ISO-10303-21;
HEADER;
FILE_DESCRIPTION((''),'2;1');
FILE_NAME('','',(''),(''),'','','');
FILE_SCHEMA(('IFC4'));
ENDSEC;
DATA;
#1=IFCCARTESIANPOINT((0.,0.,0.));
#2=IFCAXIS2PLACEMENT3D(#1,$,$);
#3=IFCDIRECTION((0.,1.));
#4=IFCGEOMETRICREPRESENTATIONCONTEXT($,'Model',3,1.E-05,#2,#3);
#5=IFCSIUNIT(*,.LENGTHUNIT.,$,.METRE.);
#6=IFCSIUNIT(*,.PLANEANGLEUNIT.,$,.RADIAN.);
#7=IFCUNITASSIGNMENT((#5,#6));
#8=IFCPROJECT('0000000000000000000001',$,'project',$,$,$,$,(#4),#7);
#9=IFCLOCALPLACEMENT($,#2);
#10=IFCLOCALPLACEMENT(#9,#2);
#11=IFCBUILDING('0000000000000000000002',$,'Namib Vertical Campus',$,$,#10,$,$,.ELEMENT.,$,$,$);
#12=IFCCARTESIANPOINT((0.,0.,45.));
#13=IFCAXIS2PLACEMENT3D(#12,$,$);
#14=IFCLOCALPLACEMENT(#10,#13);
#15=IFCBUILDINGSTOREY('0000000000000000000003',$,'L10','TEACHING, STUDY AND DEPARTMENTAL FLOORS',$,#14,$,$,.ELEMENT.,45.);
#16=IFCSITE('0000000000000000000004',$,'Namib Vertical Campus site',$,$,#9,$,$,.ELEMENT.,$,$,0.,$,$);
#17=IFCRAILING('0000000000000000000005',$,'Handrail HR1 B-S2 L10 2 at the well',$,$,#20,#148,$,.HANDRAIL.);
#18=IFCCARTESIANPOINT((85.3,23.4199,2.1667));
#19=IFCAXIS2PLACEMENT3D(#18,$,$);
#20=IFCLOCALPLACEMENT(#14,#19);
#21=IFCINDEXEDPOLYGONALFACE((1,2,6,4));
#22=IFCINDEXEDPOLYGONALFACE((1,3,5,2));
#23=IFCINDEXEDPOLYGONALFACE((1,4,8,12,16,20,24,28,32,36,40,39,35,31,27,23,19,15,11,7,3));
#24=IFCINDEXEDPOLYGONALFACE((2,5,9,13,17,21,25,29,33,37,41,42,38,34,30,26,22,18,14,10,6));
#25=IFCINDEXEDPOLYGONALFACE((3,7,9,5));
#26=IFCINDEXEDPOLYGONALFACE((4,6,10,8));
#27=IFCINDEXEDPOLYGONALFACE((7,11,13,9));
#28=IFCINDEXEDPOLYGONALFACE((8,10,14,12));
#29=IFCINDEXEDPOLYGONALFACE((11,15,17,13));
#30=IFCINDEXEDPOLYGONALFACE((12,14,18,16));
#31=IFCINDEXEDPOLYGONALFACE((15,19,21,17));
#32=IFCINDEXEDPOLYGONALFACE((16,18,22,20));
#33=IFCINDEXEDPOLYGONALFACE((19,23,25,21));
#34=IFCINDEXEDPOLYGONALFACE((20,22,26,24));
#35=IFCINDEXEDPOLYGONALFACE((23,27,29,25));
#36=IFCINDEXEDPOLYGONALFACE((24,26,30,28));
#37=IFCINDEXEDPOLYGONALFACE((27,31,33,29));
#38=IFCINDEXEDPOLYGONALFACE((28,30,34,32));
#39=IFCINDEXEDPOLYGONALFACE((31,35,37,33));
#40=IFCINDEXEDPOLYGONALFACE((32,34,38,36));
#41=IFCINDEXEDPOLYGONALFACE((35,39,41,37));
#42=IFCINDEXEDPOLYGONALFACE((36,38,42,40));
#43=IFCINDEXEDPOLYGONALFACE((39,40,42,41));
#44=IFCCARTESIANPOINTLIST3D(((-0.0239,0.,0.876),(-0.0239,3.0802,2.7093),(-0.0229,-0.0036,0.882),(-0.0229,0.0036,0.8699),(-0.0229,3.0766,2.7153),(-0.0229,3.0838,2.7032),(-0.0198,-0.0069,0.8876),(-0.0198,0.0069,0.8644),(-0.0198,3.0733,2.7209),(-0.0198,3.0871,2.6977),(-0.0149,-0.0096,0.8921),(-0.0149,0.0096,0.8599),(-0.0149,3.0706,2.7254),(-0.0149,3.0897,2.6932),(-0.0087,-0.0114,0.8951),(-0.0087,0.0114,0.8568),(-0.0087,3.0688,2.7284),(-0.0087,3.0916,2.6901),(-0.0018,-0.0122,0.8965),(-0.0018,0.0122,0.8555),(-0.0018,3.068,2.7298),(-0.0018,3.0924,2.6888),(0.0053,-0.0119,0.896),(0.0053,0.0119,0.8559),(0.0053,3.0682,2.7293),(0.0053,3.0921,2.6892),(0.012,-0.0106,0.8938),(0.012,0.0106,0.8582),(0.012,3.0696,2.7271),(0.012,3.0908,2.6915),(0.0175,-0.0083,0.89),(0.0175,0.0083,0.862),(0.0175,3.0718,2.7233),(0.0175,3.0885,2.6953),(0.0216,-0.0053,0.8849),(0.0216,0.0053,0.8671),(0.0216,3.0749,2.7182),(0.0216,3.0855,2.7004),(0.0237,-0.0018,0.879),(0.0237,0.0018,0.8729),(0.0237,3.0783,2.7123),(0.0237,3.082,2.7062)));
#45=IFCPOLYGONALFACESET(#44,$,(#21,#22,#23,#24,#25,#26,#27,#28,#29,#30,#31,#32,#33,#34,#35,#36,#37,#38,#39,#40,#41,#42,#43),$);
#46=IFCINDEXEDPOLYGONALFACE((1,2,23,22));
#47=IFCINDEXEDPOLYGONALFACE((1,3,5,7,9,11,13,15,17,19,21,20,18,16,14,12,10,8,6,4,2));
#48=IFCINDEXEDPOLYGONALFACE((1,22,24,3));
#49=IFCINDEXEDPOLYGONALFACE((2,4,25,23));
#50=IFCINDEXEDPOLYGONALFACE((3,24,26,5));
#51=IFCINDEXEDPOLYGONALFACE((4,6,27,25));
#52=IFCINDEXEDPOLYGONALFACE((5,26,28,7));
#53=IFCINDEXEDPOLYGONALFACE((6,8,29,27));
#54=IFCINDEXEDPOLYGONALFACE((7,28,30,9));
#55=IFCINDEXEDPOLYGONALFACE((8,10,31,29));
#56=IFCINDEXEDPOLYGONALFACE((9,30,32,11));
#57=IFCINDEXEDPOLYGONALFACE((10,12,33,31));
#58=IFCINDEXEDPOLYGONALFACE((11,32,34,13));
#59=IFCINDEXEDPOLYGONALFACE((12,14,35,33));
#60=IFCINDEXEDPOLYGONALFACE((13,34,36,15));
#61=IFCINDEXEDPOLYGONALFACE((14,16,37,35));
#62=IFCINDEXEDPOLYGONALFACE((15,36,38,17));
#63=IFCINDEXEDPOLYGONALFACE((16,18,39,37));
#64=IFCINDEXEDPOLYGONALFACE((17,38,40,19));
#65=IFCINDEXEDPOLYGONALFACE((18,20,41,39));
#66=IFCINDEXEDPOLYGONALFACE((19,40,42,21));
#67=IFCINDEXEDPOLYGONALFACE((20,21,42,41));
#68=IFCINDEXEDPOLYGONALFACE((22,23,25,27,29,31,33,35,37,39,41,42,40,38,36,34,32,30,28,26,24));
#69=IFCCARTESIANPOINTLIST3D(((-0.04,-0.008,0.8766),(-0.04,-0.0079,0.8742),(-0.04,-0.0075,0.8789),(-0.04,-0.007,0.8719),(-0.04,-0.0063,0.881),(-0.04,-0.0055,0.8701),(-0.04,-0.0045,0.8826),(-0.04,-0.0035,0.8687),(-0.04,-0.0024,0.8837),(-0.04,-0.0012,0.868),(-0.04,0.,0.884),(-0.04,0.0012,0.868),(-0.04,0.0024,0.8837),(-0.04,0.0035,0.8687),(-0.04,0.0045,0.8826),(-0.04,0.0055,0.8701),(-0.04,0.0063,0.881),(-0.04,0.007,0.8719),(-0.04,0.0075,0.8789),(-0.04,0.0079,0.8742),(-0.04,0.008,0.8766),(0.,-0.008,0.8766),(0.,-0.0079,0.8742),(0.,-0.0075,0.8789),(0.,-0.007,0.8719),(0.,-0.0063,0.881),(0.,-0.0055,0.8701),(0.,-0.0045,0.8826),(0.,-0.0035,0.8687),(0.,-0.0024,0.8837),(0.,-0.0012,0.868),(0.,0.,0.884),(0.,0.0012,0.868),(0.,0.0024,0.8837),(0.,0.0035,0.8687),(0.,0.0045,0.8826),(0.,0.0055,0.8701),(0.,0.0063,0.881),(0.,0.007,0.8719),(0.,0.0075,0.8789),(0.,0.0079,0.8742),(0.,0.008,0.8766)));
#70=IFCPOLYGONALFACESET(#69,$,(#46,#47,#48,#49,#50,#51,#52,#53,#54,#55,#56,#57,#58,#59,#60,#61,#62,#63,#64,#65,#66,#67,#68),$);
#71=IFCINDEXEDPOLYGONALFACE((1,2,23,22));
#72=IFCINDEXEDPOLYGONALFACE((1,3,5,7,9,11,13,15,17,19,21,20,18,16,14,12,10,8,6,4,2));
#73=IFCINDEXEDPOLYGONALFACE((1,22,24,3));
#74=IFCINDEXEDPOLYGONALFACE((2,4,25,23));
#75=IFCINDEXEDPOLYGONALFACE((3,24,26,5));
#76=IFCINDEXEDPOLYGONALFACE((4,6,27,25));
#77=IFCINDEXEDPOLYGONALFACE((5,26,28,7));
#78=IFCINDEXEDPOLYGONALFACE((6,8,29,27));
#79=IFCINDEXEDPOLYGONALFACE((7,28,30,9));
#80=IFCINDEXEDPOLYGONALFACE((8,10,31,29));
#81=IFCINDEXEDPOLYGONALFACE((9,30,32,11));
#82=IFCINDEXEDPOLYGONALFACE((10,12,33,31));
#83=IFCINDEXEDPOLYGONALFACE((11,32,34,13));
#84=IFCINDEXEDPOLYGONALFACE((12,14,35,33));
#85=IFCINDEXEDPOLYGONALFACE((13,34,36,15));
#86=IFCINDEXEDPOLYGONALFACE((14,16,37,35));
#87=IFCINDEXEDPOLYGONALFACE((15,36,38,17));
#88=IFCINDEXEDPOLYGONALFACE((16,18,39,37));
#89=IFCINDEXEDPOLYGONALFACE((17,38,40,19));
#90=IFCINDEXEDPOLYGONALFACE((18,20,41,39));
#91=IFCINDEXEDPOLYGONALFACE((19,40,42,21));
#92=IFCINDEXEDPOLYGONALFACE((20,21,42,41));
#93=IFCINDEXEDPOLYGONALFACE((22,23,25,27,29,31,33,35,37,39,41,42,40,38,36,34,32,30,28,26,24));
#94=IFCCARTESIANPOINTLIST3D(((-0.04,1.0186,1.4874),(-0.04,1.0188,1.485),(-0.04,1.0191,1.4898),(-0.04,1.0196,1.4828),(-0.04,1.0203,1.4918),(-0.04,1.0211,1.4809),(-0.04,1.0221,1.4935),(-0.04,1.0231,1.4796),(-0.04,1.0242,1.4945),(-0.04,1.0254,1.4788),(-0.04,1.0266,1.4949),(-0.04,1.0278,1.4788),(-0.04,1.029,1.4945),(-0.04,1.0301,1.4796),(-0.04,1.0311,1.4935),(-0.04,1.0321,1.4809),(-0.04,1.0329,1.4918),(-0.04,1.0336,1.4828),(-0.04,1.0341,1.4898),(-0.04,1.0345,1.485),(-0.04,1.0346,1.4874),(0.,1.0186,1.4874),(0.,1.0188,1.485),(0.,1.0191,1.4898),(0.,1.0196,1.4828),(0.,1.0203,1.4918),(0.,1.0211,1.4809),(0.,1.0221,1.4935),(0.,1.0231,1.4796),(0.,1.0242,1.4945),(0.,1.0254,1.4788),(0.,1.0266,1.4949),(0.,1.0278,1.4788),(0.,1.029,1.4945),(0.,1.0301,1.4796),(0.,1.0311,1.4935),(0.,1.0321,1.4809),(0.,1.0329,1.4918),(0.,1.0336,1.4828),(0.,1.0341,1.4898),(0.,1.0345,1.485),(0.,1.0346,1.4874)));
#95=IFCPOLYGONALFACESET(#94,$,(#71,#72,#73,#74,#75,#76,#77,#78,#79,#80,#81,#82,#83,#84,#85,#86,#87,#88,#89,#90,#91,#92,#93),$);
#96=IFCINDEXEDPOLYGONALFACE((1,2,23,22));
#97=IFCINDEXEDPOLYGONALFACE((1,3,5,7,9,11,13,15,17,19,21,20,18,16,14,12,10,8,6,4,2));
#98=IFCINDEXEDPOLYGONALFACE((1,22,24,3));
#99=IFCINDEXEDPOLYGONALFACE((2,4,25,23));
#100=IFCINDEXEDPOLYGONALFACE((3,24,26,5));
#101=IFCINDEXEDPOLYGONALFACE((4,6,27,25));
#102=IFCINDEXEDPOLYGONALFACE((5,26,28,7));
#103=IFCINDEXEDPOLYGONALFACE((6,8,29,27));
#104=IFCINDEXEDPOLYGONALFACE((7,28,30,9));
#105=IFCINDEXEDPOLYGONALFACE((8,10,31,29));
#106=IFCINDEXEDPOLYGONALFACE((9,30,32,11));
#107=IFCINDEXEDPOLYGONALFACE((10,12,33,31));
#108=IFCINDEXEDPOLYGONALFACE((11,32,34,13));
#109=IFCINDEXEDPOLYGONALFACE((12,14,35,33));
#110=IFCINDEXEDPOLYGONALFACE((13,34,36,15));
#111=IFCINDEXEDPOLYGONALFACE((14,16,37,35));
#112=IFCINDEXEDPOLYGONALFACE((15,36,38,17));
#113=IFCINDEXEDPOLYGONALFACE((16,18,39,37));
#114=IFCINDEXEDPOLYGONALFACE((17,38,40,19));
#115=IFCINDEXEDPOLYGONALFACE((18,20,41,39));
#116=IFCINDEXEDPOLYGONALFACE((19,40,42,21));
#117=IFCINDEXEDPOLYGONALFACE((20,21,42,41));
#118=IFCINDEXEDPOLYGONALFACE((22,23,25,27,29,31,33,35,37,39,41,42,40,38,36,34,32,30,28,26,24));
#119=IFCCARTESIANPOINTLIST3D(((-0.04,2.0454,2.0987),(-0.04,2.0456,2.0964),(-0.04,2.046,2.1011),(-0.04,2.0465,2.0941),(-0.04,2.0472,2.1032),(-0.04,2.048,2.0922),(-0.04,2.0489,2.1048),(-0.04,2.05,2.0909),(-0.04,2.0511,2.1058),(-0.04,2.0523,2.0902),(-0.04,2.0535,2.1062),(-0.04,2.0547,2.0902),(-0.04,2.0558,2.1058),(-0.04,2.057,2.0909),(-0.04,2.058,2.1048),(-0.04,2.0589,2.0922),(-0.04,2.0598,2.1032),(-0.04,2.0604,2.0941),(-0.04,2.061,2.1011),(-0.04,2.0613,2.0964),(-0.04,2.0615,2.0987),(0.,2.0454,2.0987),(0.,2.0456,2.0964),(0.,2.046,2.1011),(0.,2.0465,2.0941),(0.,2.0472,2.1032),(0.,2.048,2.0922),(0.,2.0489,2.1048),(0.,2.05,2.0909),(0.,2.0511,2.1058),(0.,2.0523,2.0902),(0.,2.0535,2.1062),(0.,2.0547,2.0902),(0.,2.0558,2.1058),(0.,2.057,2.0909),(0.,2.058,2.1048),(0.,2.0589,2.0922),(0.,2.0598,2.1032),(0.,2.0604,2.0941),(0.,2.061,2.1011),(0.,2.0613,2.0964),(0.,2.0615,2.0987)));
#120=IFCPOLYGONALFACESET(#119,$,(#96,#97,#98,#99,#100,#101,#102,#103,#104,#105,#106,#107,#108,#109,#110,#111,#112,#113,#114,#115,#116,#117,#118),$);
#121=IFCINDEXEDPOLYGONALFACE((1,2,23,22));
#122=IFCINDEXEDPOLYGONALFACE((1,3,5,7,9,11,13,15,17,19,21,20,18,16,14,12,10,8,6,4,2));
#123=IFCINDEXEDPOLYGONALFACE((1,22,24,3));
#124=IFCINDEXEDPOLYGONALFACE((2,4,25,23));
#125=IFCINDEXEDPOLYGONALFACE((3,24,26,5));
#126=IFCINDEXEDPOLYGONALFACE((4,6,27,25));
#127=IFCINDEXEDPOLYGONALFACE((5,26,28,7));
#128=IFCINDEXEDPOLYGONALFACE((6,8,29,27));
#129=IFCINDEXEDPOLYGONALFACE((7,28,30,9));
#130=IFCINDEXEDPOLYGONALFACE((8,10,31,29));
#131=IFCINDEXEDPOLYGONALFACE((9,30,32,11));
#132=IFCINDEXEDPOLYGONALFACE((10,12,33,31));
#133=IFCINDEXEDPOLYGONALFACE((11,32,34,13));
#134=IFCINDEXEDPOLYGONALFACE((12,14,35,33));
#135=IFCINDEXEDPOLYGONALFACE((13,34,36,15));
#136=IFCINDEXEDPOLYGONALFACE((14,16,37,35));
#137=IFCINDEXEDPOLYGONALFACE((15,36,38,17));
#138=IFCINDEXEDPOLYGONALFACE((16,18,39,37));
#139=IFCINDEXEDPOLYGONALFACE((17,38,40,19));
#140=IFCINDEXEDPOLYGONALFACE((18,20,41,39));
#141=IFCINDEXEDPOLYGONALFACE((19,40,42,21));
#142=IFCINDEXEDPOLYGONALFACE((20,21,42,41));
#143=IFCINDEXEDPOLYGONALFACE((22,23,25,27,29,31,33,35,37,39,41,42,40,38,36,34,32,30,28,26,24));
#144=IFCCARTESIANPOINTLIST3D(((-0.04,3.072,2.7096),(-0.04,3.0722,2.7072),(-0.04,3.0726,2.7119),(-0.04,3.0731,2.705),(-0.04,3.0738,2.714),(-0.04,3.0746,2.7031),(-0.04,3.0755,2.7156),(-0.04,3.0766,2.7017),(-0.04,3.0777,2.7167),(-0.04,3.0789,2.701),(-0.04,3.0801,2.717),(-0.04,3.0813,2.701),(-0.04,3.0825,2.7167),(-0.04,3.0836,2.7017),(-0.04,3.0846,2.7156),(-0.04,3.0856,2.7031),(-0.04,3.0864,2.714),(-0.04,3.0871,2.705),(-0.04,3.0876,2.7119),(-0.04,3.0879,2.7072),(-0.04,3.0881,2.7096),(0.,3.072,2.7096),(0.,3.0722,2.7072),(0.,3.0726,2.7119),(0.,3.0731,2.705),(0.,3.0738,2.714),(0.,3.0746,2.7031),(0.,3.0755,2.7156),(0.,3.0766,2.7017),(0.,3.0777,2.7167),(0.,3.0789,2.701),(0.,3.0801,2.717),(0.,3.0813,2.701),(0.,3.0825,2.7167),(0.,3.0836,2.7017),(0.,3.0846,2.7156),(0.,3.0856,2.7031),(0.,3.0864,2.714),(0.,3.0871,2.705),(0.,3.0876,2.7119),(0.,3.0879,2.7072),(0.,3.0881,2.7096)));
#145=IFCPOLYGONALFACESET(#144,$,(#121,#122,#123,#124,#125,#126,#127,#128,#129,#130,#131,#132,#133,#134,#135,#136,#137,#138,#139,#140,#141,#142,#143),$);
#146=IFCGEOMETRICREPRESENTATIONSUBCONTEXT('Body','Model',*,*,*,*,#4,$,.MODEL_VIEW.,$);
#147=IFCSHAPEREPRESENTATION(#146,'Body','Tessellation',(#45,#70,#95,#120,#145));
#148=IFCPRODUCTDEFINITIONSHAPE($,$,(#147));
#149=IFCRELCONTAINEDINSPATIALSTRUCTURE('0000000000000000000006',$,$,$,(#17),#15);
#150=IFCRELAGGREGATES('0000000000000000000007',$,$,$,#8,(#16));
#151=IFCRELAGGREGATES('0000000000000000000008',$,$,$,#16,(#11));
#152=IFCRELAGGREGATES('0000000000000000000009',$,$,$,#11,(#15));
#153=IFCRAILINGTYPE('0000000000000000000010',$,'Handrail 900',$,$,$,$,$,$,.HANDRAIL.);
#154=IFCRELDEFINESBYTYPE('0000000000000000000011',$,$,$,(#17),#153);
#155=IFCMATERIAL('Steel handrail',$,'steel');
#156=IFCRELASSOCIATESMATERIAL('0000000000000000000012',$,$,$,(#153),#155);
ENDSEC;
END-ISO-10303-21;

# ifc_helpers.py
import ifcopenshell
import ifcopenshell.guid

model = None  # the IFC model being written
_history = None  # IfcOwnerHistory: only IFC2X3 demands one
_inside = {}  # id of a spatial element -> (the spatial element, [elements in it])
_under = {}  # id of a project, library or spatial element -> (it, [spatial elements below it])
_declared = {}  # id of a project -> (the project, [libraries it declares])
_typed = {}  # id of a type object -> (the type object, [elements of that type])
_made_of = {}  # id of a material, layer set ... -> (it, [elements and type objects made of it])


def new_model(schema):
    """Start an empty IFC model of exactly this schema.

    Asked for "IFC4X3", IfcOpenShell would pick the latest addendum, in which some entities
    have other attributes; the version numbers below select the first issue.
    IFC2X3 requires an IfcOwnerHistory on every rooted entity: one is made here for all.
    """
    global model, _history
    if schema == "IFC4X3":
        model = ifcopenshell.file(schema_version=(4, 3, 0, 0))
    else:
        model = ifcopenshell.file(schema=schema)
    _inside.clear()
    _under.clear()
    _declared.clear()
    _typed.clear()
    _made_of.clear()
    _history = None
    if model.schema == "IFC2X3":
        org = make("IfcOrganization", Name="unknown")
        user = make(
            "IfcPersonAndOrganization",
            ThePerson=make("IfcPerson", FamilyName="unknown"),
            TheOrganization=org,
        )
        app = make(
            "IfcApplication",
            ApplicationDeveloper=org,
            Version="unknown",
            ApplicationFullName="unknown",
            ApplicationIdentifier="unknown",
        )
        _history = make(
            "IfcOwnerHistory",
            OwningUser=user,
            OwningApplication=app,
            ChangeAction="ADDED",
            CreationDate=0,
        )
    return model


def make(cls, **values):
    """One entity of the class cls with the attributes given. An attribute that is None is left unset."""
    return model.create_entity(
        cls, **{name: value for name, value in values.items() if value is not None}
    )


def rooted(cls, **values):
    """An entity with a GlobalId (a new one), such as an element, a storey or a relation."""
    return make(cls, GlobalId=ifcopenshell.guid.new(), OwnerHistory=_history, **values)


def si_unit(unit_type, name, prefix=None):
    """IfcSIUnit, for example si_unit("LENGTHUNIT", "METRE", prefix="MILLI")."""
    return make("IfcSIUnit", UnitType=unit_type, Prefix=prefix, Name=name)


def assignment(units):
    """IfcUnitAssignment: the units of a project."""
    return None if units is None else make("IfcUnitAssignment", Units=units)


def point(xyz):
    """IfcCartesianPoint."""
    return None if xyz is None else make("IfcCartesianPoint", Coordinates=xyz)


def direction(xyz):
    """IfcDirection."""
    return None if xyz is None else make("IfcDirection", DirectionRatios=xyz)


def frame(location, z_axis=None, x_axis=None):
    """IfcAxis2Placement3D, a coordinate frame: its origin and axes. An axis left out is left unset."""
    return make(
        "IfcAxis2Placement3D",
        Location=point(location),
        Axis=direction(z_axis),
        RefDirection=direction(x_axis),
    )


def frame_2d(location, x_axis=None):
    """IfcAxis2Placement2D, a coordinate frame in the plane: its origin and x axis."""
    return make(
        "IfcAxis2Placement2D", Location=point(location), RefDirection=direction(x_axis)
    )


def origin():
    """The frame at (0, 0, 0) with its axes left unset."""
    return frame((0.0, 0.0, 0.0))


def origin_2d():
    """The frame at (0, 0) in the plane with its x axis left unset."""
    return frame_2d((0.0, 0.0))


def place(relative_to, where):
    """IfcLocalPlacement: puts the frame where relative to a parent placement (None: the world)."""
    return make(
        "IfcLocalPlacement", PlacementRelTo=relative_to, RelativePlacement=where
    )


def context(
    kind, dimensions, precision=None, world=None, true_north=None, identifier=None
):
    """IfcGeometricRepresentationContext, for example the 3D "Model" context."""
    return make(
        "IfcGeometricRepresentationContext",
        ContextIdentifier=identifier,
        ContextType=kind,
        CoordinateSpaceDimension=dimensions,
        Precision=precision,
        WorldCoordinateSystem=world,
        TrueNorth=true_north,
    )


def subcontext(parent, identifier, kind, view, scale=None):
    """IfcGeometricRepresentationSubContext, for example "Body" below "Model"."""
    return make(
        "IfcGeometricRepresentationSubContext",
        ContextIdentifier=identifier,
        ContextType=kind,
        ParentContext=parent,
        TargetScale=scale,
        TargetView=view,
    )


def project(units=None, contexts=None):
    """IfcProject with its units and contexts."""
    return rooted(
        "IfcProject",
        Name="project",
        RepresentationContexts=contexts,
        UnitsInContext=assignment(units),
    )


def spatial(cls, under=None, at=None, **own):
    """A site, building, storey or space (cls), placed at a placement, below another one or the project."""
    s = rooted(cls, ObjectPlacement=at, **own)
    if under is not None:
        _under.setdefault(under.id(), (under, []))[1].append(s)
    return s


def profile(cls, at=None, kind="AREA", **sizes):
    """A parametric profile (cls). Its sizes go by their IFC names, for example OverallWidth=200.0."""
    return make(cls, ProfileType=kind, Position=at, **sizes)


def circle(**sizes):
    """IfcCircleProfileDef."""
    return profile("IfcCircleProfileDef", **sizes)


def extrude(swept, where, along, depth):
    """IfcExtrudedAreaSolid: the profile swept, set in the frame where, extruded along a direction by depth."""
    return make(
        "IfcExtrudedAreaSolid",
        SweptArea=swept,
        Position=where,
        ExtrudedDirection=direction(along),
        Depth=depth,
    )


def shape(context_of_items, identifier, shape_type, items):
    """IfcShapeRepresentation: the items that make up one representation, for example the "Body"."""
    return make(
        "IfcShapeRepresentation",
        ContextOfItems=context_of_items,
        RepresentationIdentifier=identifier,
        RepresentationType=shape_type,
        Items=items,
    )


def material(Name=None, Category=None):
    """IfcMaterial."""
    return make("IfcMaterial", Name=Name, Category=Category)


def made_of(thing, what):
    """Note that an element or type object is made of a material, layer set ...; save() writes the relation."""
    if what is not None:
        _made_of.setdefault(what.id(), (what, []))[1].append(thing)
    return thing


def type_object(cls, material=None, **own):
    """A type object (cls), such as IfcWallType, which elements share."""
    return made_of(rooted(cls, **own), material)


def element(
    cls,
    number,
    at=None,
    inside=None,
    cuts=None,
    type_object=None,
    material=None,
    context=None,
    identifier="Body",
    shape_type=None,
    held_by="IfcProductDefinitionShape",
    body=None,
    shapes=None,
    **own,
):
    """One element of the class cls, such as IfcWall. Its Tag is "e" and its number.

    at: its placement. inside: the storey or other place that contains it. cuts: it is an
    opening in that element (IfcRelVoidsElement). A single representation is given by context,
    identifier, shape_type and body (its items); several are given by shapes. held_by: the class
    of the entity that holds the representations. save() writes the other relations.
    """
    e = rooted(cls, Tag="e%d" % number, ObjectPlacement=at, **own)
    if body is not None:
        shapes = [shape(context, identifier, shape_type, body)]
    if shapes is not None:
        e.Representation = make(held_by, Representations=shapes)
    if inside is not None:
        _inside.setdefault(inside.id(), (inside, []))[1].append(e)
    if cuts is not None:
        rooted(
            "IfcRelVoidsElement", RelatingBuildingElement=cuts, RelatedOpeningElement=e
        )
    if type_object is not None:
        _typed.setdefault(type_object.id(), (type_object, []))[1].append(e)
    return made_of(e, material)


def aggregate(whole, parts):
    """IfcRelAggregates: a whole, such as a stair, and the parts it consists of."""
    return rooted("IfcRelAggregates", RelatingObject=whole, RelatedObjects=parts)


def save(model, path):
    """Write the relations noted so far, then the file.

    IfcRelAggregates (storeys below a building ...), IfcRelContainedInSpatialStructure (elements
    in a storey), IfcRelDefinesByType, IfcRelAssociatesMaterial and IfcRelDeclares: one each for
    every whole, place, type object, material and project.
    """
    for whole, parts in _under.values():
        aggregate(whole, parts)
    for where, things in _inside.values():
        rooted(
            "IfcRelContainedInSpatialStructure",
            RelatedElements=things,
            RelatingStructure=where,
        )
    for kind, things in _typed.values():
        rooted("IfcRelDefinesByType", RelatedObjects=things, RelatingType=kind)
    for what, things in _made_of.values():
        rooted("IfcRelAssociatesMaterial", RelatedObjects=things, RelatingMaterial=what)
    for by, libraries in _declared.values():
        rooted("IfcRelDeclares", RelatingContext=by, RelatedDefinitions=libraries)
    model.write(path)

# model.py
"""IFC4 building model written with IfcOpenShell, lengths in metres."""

from ifc_helpers import new_model, si_unit, direction, frame, origin, origin_2d, place, context, subcontext, project, spatial, circle, extrude, material, type_object, element, save


model = new_model("IFC4")

# Units and contexts
model_context = context("Model", 3, precision=1e-05, world=origin(), true_north=direction((0.0, 1.0)))
body_context = subcontext(model_context, "Body", "Model", "MODEL_VIEW")
ifc_project = project(units=[si_unit("LENGTHUNIT", "METRE"), si_unit("PLANEANGLEUNIT", "RADIAN")], contexts=[model_context])

# Site, building, storey
site_placement = place(None, origin())
site = spatial("IfcSite", under=ifc_project, at=site_placement, Name="Namib Vertical Campus site", CompositionType="ELEMENT", RefElevation=0.0)
building_placement = place(site_placement, origin())
building = spatial("IfcBuilding", under=site, at=building_placement, Name="Namib Vertical Campus", CompositionType="ELEMENT")
storey_placement = place(building_placement, frame((0.0, 0.0, 45.0)))
storey = spatial("IfcBuildingStorey", under=building, at=storey_placement, Name="L10", Description="TEACHING, STUDY AND DEPARTMENTAL FLOORS", CompositionType="ELEMENT", Elevation=45.0)

# Railing
ifc_material_1 = material(Name="Steel handrail", Category="steel")
railing_type_1 = type_object("IfcRailingType", Name="Handrail 900", PredefinedType="HANDRAIL", material=ifc_material_1)
railing_1_placement = place(storey_placement, frame((85.3, 23.4199, 2.1667)))
element("IfcRailing", 1, at=railing_1_placement, inside=storey, type_object=railing_type_1, Name="Handrail HR1 B-S2 L10 2 at the well", PredefinedType="HANDRAIL", context=body_context, shape_type="SweptSolid", body=[
    extrude(circle(Radius=0.0239, at=origin_2d()), frame((0.0, 0.0, 0.876), z_axis=(0.0, 0.859309, 0.511458), x_axis=(-1.0, 0.0, 0.0)), (0.0, 0.0, 1.0), 3.5845),
    extrude(circle(Radius=0.0081, at=origin_2d()), frame((0.0, 0.0, 0.876), z_axis=(-1.0, 0.0, 0.0), x_axis=(0.0, 0.0, 1.0)), (0.0, 0.0, 1.0), 0.04),
    extrude(circle(Radius=0.0081, at=origin_2d()), frame((0.0, 1.0266, 1.4868), z_axis=(-1.0, 0.0, 0.0), x_axis=(0.0, 0.0, 1.0)), (0.0, 0.0, 1.0), 0.04),
    extrude(circle(Radius=0.0081, at=origin_2d()), frame((0.0, 2.0535, 2.0981), z_axis=(-1.0, 0.0, 0.0), x_axis=(0.0, 0.0, 1.0)), (0.0, 0.0, 1.0), 0.04),
    extrude(circle(Radius=0.0081, at=origin_2d()), frame((0.0, 3.0801, 2.709), z_axis=(-1.0, 0.0, 0.0), x_axis=(0.0, 0.0, 1.0)), (0.0, 0.0, 1.0), 0.04),
])

save(model, "model.ifc")
